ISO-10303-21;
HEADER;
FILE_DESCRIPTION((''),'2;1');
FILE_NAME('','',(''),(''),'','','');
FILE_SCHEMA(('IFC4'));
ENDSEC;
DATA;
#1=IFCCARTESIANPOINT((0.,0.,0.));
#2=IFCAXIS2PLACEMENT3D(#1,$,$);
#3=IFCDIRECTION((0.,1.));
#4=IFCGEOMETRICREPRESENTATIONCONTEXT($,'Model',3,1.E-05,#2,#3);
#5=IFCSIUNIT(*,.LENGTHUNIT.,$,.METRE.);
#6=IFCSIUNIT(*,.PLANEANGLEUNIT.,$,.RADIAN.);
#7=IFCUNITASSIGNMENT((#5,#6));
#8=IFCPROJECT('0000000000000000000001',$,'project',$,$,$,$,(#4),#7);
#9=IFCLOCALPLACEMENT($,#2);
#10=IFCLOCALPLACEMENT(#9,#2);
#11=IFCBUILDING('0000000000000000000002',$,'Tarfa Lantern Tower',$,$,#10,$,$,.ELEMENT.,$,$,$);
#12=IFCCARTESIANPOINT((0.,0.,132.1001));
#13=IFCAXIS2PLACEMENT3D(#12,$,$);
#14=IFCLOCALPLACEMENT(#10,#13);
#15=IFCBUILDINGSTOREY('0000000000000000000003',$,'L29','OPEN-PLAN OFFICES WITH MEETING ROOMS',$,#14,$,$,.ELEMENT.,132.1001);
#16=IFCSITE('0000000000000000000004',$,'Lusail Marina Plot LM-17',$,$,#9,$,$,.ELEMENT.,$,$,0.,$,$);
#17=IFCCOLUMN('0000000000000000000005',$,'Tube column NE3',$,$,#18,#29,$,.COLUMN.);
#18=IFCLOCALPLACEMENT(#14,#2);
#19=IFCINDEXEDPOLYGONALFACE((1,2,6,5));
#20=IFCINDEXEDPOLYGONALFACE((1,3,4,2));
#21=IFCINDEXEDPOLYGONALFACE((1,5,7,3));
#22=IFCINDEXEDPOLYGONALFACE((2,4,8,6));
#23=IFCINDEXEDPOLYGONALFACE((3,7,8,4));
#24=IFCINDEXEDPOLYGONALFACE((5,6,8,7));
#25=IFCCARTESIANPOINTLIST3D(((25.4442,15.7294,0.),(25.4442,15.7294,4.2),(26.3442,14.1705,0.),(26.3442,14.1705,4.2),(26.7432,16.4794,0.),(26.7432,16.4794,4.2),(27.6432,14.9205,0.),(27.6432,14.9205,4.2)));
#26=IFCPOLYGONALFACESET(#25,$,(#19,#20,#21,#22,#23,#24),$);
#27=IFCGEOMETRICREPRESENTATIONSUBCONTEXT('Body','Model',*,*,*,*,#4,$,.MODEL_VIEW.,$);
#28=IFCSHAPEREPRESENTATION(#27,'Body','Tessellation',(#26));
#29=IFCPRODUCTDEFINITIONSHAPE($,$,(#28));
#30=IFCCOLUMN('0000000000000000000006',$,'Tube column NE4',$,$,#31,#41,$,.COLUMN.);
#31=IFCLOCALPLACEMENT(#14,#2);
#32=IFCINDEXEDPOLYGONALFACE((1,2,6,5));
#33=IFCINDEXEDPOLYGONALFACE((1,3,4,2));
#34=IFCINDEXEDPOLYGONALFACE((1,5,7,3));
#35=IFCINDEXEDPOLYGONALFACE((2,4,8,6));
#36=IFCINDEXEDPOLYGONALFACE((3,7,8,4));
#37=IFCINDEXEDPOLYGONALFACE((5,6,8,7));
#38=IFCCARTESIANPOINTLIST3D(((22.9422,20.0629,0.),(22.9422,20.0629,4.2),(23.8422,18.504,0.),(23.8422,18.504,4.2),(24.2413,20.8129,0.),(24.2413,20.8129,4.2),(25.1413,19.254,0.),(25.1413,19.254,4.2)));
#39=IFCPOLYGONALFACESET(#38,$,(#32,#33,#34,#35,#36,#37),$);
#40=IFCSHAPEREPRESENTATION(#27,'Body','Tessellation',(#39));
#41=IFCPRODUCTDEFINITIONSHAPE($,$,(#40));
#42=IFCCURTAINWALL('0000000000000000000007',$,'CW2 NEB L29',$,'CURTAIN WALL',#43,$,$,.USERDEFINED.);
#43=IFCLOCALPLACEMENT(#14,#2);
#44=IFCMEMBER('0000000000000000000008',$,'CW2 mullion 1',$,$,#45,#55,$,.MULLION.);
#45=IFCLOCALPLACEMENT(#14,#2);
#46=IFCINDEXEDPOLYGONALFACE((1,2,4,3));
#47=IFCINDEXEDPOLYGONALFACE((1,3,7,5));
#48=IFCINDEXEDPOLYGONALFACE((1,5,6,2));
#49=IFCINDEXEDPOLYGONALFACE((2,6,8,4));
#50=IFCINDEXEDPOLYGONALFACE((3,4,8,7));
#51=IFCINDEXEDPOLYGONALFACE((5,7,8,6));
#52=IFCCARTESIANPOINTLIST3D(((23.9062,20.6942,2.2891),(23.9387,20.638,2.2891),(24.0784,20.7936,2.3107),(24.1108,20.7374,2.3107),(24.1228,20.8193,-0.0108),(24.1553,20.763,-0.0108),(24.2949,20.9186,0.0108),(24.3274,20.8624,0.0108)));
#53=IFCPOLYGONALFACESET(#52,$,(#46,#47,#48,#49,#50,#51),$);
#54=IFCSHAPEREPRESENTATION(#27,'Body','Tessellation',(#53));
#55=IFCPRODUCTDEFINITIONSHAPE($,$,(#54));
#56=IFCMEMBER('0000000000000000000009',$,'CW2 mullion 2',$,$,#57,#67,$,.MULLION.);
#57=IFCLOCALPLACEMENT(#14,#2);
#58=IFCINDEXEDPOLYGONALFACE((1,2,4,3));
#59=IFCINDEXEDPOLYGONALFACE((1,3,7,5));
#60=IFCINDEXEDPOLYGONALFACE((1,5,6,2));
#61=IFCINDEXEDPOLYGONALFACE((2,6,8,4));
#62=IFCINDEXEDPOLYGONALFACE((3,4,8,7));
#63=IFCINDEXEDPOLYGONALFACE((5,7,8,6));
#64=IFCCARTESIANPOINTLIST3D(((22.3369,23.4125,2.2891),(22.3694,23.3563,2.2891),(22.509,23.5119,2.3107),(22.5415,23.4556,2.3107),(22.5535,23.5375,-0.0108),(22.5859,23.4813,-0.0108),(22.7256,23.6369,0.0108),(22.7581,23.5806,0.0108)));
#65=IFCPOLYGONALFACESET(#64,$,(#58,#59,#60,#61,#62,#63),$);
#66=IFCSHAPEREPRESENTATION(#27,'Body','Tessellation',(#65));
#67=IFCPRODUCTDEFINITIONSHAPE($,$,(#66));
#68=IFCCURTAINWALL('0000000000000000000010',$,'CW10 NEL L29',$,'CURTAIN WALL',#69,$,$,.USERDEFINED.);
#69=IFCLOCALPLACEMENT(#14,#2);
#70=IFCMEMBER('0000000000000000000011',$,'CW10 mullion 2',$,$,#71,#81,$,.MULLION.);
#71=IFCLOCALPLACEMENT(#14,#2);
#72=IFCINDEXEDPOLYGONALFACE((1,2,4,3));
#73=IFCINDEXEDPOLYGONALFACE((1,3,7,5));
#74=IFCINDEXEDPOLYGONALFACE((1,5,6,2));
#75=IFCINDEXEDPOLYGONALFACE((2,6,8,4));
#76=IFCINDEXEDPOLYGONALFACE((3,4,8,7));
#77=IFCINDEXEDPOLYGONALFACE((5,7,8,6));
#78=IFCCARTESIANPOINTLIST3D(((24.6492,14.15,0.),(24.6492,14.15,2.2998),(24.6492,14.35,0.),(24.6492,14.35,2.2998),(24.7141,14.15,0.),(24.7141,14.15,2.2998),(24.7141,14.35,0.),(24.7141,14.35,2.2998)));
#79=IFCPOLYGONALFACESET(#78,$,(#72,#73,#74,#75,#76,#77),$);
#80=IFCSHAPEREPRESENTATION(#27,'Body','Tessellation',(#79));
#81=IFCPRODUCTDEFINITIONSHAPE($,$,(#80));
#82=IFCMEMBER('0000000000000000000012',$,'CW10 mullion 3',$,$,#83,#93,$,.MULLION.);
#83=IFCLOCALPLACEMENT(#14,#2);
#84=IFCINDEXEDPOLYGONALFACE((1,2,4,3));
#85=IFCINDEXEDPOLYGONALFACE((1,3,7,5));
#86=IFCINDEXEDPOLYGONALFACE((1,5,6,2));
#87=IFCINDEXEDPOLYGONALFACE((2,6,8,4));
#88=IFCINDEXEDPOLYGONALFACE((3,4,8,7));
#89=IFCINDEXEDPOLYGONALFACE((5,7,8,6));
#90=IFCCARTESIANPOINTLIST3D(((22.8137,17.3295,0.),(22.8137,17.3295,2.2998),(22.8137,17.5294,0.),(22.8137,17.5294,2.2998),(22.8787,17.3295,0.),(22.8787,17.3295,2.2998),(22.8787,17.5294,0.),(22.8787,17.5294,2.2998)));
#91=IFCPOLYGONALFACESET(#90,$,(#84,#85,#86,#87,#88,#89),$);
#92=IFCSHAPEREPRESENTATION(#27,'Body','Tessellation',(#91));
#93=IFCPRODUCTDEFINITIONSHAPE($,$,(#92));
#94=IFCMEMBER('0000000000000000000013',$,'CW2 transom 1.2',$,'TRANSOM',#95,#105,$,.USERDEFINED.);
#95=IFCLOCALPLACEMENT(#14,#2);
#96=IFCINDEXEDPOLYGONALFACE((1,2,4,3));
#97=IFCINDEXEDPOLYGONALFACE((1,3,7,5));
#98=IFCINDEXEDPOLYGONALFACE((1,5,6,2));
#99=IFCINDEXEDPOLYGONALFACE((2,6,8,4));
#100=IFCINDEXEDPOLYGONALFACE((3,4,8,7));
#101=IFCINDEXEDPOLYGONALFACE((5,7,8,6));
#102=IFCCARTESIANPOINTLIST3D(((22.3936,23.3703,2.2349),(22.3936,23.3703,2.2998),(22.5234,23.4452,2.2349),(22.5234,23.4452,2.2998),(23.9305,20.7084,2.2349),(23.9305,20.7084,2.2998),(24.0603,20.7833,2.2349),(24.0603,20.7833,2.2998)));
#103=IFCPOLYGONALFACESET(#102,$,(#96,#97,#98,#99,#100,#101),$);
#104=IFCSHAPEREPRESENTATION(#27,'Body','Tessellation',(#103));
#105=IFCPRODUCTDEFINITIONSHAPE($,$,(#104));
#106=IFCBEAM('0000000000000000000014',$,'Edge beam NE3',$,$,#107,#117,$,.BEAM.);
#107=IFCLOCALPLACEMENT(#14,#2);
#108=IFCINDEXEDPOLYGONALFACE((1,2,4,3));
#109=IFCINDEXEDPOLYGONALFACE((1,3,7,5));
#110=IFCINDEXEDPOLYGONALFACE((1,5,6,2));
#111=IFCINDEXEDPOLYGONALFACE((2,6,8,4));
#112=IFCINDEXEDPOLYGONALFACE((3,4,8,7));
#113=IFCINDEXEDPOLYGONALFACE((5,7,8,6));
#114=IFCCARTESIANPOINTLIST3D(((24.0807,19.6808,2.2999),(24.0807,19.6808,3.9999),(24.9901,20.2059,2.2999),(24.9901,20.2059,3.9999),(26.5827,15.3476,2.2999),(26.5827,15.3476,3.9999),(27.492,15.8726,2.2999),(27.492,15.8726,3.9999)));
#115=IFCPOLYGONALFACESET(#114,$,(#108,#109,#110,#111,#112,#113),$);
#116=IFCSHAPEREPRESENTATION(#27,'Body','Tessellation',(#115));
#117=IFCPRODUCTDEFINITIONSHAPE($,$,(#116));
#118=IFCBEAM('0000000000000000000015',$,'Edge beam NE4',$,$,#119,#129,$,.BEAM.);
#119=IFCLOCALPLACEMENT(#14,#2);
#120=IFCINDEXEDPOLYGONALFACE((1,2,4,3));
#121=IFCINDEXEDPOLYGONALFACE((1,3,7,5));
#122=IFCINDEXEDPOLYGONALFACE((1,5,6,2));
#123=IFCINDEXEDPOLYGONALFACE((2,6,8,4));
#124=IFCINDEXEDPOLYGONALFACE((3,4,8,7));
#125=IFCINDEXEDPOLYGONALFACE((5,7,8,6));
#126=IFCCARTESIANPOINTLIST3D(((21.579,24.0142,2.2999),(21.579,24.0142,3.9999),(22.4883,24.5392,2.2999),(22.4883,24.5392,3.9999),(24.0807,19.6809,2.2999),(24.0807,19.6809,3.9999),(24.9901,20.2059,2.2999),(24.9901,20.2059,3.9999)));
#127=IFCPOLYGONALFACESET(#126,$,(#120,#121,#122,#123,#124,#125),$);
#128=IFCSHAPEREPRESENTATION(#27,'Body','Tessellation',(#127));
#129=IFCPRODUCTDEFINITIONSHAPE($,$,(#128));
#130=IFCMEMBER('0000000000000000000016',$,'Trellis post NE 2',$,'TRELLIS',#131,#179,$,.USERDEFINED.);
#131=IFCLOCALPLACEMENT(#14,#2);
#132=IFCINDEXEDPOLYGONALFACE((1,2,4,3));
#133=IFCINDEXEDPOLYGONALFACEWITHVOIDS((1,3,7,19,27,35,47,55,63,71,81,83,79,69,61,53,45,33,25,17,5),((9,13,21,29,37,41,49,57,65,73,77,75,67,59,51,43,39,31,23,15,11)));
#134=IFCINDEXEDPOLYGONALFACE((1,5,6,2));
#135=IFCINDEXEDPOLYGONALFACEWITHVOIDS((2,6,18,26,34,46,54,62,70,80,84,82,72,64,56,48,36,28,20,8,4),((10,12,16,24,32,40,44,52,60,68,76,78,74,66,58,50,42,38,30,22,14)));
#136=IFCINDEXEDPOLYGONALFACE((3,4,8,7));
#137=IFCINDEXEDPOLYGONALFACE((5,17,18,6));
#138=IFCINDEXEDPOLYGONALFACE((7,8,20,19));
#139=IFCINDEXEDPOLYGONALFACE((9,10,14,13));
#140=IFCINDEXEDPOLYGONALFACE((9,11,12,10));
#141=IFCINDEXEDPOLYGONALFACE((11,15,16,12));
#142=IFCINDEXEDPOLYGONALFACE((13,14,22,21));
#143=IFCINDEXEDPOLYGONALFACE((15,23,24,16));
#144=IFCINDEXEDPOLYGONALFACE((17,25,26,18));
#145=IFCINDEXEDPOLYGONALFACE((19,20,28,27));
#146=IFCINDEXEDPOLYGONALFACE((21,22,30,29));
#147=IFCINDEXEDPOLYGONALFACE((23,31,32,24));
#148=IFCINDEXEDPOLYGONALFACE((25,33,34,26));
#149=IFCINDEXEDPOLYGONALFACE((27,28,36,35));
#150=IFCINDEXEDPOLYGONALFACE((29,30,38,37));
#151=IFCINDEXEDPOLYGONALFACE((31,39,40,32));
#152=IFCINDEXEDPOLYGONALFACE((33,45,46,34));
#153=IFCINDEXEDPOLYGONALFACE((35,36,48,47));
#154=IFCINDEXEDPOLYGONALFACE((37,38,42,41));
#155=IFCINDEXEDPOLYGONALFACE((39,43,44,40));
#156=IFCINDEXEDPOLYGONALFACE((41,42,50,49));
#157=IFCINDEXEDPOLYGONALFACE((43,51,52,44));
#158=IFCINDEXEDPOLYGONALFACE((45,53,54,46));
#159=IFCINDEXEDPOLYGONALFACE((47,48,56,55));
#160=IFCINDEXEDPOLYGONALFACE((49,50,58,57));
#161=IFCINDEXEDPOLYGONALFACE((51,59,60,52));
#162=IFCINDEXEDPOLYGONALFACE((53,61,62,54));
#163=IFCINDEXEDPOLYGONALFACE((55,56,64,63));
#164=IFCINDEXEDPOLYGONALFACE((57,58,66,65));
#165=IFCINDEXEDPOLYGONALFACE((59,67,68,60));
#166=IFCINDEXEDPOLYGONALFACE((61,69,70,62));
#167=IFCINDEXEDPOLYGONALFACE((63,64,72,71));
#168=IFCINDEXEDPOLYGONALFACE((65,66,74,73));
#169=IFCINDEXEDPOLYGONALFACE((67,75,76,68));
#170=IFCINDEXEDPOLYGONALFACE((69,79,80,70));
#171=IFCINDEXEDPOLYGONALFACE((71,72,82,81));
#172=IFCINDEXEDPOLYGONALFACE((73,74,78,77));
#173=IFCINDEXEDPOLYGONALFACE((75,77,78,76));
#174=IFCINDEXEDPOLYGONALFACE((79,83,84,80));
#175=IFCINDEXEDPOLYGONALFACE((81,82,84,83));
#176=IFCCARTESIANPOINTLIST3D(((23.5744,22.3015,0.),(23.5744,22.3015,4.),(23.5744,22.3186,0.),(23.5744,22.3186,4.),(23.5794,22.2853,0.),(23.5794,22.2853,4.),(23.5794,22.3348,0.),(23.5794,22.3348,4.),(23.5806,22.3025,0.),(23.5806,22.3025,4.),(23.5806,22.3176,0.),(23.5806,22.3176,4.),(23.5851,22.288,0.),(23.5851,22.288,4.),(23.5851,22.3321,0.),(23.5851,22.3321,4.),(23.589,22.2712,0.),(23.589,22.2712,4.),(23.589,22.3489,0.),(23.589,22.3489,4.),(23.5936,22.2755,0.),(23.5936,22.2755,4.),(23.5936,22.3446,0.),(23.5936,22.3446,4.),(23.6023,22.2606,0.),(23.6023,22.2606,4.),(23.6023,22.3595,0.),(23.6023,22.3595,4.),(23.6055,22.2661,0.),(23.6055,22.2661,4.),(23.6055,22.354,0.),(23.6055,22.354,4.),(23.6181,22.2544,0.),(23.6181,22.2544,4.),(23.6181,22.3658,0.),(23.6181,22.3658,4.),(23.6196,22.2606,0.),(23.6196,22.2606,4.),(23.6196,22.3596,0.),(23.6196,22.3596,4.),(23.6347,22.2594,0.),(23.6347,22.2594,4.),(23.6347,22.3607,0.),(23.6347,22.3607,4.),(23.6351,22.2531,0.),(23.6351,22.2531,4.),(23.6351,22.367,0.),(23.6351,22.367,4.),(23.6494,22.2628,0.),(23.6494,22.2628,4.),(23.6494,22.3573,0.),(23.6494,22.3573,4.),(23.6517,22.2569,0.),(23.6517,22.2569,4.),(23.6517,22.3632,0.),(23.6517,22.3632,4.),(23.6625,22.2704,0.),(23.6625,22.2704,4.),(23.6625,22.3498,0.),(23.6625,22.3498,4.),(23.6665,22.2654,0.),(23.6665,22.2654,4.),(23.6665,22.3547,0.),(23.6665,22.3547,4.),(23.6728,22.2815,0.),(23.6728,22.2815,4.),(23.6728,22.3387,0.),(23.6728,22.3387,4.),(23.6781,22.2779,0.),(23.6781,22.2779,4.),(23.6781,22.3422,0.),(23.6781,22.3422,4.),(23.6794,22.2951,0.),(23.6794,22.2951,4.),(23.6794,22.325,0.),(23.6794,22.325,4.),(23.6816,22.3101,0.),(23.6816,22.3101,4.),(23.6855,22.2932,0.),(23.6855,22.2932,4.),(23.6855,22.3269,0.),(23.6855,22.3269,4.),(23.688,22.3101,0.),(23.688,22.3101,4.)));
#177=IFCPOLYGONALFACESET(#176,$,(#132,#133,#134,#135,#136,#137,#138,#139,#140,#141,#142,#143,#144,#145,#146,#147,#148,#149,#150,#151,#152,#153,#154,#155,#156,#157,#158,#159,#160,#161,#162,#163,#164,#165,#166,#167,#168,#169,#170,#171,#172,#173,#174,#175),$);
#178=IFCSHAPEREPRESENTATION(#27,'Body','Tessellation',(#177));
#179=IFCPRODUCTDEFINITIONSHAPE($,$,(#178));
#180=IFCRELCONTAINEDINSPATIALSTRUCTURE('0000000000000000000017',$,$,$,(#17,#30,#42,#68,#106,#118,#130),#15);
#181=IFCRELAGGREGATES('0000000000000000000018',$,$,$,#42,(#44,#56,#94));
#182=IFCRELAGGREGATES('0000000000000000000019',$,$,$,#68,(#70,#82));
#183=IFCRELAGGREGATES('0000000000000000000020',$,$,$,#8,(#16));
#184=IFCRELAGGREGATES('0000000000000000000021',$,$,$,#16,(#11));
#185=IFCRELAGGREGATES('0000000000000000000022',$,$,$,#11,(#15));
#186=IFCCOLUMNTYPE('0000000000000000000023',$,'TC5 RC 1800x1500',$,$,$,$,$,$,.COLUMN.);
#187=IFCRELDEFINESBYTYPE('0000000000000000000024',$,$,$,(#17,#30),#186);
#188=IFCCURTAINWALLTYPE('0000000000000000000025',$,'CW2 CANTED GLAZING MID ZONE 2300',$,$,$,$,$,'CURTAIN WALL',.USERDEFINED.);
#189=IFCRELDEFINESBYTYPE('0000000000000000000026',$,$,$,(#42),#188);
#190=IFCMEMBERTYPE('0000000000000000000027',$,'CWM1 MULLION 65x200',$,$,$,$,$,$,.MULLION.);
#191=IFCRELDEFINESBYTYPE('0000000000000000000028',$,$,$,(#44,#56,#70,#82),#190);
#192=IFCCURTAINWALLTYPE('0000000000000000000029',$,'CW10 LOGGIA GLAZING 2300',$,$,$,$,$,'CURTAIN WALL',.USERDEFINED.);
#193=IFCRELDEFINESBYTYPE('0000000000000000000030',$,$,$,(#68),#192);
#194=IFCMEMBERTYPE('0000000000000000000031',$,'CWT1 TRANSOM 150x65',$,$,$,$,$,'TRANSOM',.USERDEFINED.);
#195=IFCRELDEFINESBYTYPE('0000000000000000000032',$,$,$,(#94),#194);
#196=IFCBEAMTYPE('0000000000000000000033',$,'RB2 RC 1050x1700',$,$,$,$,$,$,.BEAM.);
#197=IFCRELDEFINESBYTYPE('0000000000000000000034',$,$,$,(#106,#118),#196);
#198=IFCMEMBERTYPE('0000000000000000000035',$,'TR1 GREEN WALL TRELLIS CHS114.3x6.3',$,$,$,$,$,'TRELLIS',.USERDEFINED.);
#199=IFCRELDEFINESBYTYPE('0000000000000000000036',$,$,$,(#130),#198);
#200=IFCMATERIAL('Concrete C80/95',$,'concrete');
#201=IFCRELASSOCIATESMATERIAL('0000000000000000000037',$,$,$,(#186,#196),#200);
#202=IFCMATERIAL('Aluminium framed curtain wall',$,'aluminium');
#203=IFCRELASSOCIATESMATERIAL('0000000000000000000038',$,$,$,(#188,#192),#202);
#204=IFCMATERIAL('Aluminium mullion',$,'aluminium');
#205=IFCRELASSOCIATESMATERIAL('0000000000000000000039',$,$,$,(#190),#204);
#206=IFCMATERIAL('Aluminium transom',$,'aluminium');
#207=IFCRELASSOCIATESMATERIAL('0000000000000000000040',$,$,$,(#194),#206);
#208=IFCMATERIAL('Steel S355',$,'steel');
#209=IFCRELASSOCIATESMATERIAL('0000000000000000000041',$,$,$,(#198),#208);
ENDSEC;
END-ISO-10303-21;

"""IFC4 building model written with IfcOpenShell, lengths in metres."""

from ifc_helpers import new_model, si_unit, direction, frame, origin, origin_2d, place, context, subcontext, project, spatial, rectangle, hollow_circle, extrude, material, material_profile, profile_set, type_object, element, aggregate, save


model = new_model("IFC4")

# Units and contexts
model_context = context("Model", 3, precision=1e-05, world=origin(), true_north=direction((0.0, 1.0)))
body_context = subcontext(model_context, "Body", "Model", "MODEL_VIEW")
ifc_project = project(units=[si_unit("LENGTHUNIT", "METRE"), si_unit("PLANEANGLEUNIT", "RADIAN")], contexts=[model_context])

# Site, building, storey
site_placement = place(None, origin())
site = spatial("IfcSite", under=ifc_project, at=site_placement, Name="Lusail Marina Plot LM-17", CompositionType="ELEMENT", RefElevation=0.0)
building_placement = place(site_placement, origin())
building = spatial("IfcBuilding", under=site, at=building_placement, Name="Tarfa Lantern Tower", CompositionType="ELEMENT")
storey_placement = place(building_placement, frame((0.0, 0.0, 132.1001)))
storey = spatial("IfcBuildingStorey", under=building, at=storey_placement, Name="L29", Description="OPEN-PLAN OFFICES WITH MEETING ROOMS", CompositionType="ELEMENT", Elevation=132.1001)

# Columns
ifc_material_1 = material(Name="Concrete C80/95", Category="concrete")
ifc_material_profile_1 = material_profile(ifc_material_1, rectangle(XDim=1.8, YDim=1.5, at=origin_2d()), Name="RC 1800x1500")
ifc_profile_set_1 = profile_set([ifc_material_profile_1], Name="Concrete C80/95")
column_type = type_object("IfcColumnType", Name="TC5 RC 1800x1500", PredefinedType="COLUMN", material=ifc_profile_set_1)
for number, where, z_axis, x_axis, name in (
    (1, (26.5437, 15.325, 0.0), (0.0, 0.0, 1.0), (-0.5, 0.866025, 0.0), "Tube column NE3"),
    (2, (24.0417, 19.6584, 0.0), (0.0, 0.0, 1.0), (-0.5, 0.866025, 0.0), "Tube column NE4"),
):
    element("IfcColumn", number, at=place(storey_placement, frame(where, z_axis=z_axis, x_axis=x_axis)), inside=storey, type_object=column_type, Name=name, PredefinedType="COLUMN", context=body_context, shape_type="SweptSolid", body=[
        extrude(rectangle(XDim=1.8, YDim=1.5, at=origin_2d()), origin(), (0.0, 0.0, 1.0), 4.2),
    ])

# Curtain walls, members
ifc_material_2 = material(Name="Aluminium framed curtain wall", Category="aluminium")
curtain_wall_type_1 = type_object("IfcCurtainWallType", Name="CW2 CANTED GLAZING MID ZONE 2300", ElementType="CURTAIN WALL", PredefinedType="USERDEFINED", material=ifc_material_2)
curtain_wall_1_placement = place(storey_placement, origin())
curtain_wall_1 = element("IfcCurtainWall", 3, at=curtain_wall_1_placement, inside=storey, type_object=curtain_wall_type_1, Name="CW2 NEB L29", ObjectType="CURTAIN WALL", PredefinedType="USERDEFINED")
ifc_material_3 = material(Name="Aluminium mullion", Category="aluminium")
ifc_material_profile_2 = material_profile(ifc_material_3, rectangle(XDim=0.0649, YDim=0.2, at=origin_2d()), Name="AL MULLION 65x200")
ifc_profile_set_2 = profile_set([ifc_material_profile_2], Name="Aluminium mullion")
member_type_1 = type_object("IfcMemberType", Name="CWM1 MULLION 65x200", PredefinedType="MULLION", material=ifc_profile_set_2)
member_1_placement = place(storey_placement, frame((24.2251, 20.8408, 0.0), z_axis=(-0.09361, -0.054034, 0.994142), x_axis=(0.49992, -0.866072, 0.0)))
member_1 = element("IfcMember", 4, at=member_1_placement, type_object=member_type_1, Name="CW2 mullion 1", PredefinedType="MULLION", context=body_context, shape_type="SweptSolid", body=[
    extrude(rectangle(XDim=0.0649, YDim=0.2, at=origin_2d()), origin(), (0.0, 0.0, 1.0), 2.3135),
])
member_2_placement = place(storey_placement, frame((22.6558, 23.5591, 0.0), z_axis=(-0.09361, -0.054034, 0.994142), x_axis=(0.49992, -0.866072, 0.0)))
member_2 = element("IfcMember", 5, at=member_2_placement, type_object=member_type_1, Name="CW2 mullion 2", PredefinedType="MULLION", context=body_context, shape_type="SweptSolid", body=[
    extrude(rectangle(XDim=0.0649, YDim=0.2, at=origin_2d()), origin(), (0.0, 0.0, 1.0), 2.3135),
])
curtain_wall_type_2 = type_object("IfcCurtainWallType", Name="CW10 LOGGIA GLAZING 2300", ElementType="CURTAIN WALL", PredefinedType="USERDEFINED", material=ifc_material_2)
curtain_wall_2_placement = place(storey_placement, origin())
curtain_wall_2 = element("IfcCurtainWall", 6, at=curtain_wall_2_placement, inside=storey, type_object=curtain_wall_type_2, Name="CW10 NEL L29", ObjectType="CURTAIN WALL", PredefinedType="USERDEFINED")
member_3_placement = place(storey_placement, frame((24.6816, 14.25, 0.0), z_axis=(0.0, 0.0, 1.0), x_axis=(1.0, 0.0, 0.0)))
member_3 = element("IfcMember", 7, at=member_3_placement, type_object=member_type_1, Name="CW10 mullion 2", PredefinedType="MULLION", context=body_context, shape_type="SweptSolid", body=[
    extrude(rectangle(XDim=0.0649, YDim=0.2, at=origin_2d()), origin(), (0.0, 0.0, 1.0), 2.2998),
])
member_4_placement = place(storey_placement, frame((22.8462, 17.4294, 0.0), z_axis=(0.0, 0.0, 1.0), x_axis=(1.0, 0.0, 0.0)))
member_4 = element("IfcMember", 8, at=member_4_placement, type_object=member_type_1, Name="CW10 mullion 3", PredefinedType="MULLION", context=body_context, shape_type="SweptSolid", body=[
    extrude(rectangle(XDim=0.0649, YDim=0.2, at=origin_2d()), origin(), (0.0, 0.0, 1.0), 2.2998),
])

# Member
ifc_material_4 = material(Name="Aluminium transom", Category="aluminium")
ifc_material_profile_3 = material_profile(ifc_material_4, rectangle(XDim=0.1499, YDim=0.0649, at=origin_2d()), Name="AL TRANSOM 150x65")
ifc_profile_set_3 = profile_set([ifc_material_profile_3], Name="Aluminium transom")
member_type_2 = type_object("IfcMemberType", Name="CWT1 TRANSOM 150x65", ElementType="TRANSOM", PredefinedType="USERDEFINED", material=ifc_profile_set_3)
member_5_placement = place(storey_placement, frame((23.9954, 20.7458, 2.2673), z_axis=(-0.500009, 0.86602, 0.0), x_axis=(-0.86602, -0.500009, 0.0)))
member_5 = element("IfcMember", 9, at=member_5_placement, type_object=member_type_2, Name="CW2 transom 1.2", ObjectType="TRANSOM", PredefinedType="USERDEFINED", context=body_context, shape_type="SweptSolid", body=[
    extrude(rectangle(XDim=0.1499, YDim=0.0649, at=origin_2d()), origin(), (0.0, 0.0, 1.0), 3.0737),
])

# Beams
ifc_material_profile_4 = material_profile(ifc_material_1, rectangle(XDim=1.05, YDim=1.7, at=origin_2d()), Name="RC 1050x1700")
ifc_profile_set_4 = profile_set([ifc_material_profile_4], Name="Concrete C80/95")
beam_type_1 = type_object("IfcBeamType", Name="RB2 RC 1050x1700", PredefinedType="BEAM", material=ifc_profile_set_4)
for number, where, z_axis, x_axis, name in (
    (10, (27.0374, 15.6101, 3.1499), (-0.500022, 0.866013, 0.0), (-0.866013, -0.500022, 0.0), "Edge beam NE3"),
    (11, (24.5354, 19.9434, 3.1499), (-0.499986, 0.866034, 0.0), (-0.866034, -0.499986, 0.0), "Edge beam NE4"),
):
    element("IfcBeam", number, at=place(storey_placement, frame(where, z_axis=z_axis, x_axis=x_axis)), inside=storey, type_object=beam_type_1, Name=name, PredefinedType="BEAM", context=body_context, shape_type="SweptSolid", body=[
        extrude(rectangle(XDim=1.05, YDim=1.7, at=origin_2d()), origin(), (0.0, 0.0, 1.0), 5.0037),
    ])

# Member
ifc_material_5 = material(Name="Steel S355", Category="steel")
ifc_material_profile_5 = material_profile(ifc_material_5, hollow_circle(Radius=0.0571, WallThickness=0.0063, at=origin_2d()), Name="CHS114.3x6.3")
ifc_profile_set_5 = profile_set([ifc_material_profile_5], Name="Steel S355")
member_type_3 = type_object("IfcMemberType", Name="TR1 GREEN WALL TRELLIS CHS114.3x6.3", ElementType="TRELLIS", PredefinedType="USERDEFINED", material=ifc_profile_set_5)
member_6_placement = place(storey_placement, frame((23.6309, 22.3101, 0.0), z_axis=(0.0, 0.0, 1.0), x_axis=(1.0, 0.0, 0.0)))
element("IfcMember", 12, at=member_6_placement, inside=storey, type_object=member_type_3, Name="Trellis post NE 2", ObjectType="TRELLIS", PredefinedType="USERDEFINED", context=body_context, shape_type="SweptSolid", body=[
    extrude(hollow_circle(Radius=0.0571, WallThickness=0.0063, at=origin_2d()), origin(), (0.0, 0.0, 1.0), 4.0),
])

aggregate(curtain_wall_1, [member_1, member_2, member_5])
aggregate(curtain_wall_2, [member_3, member_4])

save(model, "model.ifc")
